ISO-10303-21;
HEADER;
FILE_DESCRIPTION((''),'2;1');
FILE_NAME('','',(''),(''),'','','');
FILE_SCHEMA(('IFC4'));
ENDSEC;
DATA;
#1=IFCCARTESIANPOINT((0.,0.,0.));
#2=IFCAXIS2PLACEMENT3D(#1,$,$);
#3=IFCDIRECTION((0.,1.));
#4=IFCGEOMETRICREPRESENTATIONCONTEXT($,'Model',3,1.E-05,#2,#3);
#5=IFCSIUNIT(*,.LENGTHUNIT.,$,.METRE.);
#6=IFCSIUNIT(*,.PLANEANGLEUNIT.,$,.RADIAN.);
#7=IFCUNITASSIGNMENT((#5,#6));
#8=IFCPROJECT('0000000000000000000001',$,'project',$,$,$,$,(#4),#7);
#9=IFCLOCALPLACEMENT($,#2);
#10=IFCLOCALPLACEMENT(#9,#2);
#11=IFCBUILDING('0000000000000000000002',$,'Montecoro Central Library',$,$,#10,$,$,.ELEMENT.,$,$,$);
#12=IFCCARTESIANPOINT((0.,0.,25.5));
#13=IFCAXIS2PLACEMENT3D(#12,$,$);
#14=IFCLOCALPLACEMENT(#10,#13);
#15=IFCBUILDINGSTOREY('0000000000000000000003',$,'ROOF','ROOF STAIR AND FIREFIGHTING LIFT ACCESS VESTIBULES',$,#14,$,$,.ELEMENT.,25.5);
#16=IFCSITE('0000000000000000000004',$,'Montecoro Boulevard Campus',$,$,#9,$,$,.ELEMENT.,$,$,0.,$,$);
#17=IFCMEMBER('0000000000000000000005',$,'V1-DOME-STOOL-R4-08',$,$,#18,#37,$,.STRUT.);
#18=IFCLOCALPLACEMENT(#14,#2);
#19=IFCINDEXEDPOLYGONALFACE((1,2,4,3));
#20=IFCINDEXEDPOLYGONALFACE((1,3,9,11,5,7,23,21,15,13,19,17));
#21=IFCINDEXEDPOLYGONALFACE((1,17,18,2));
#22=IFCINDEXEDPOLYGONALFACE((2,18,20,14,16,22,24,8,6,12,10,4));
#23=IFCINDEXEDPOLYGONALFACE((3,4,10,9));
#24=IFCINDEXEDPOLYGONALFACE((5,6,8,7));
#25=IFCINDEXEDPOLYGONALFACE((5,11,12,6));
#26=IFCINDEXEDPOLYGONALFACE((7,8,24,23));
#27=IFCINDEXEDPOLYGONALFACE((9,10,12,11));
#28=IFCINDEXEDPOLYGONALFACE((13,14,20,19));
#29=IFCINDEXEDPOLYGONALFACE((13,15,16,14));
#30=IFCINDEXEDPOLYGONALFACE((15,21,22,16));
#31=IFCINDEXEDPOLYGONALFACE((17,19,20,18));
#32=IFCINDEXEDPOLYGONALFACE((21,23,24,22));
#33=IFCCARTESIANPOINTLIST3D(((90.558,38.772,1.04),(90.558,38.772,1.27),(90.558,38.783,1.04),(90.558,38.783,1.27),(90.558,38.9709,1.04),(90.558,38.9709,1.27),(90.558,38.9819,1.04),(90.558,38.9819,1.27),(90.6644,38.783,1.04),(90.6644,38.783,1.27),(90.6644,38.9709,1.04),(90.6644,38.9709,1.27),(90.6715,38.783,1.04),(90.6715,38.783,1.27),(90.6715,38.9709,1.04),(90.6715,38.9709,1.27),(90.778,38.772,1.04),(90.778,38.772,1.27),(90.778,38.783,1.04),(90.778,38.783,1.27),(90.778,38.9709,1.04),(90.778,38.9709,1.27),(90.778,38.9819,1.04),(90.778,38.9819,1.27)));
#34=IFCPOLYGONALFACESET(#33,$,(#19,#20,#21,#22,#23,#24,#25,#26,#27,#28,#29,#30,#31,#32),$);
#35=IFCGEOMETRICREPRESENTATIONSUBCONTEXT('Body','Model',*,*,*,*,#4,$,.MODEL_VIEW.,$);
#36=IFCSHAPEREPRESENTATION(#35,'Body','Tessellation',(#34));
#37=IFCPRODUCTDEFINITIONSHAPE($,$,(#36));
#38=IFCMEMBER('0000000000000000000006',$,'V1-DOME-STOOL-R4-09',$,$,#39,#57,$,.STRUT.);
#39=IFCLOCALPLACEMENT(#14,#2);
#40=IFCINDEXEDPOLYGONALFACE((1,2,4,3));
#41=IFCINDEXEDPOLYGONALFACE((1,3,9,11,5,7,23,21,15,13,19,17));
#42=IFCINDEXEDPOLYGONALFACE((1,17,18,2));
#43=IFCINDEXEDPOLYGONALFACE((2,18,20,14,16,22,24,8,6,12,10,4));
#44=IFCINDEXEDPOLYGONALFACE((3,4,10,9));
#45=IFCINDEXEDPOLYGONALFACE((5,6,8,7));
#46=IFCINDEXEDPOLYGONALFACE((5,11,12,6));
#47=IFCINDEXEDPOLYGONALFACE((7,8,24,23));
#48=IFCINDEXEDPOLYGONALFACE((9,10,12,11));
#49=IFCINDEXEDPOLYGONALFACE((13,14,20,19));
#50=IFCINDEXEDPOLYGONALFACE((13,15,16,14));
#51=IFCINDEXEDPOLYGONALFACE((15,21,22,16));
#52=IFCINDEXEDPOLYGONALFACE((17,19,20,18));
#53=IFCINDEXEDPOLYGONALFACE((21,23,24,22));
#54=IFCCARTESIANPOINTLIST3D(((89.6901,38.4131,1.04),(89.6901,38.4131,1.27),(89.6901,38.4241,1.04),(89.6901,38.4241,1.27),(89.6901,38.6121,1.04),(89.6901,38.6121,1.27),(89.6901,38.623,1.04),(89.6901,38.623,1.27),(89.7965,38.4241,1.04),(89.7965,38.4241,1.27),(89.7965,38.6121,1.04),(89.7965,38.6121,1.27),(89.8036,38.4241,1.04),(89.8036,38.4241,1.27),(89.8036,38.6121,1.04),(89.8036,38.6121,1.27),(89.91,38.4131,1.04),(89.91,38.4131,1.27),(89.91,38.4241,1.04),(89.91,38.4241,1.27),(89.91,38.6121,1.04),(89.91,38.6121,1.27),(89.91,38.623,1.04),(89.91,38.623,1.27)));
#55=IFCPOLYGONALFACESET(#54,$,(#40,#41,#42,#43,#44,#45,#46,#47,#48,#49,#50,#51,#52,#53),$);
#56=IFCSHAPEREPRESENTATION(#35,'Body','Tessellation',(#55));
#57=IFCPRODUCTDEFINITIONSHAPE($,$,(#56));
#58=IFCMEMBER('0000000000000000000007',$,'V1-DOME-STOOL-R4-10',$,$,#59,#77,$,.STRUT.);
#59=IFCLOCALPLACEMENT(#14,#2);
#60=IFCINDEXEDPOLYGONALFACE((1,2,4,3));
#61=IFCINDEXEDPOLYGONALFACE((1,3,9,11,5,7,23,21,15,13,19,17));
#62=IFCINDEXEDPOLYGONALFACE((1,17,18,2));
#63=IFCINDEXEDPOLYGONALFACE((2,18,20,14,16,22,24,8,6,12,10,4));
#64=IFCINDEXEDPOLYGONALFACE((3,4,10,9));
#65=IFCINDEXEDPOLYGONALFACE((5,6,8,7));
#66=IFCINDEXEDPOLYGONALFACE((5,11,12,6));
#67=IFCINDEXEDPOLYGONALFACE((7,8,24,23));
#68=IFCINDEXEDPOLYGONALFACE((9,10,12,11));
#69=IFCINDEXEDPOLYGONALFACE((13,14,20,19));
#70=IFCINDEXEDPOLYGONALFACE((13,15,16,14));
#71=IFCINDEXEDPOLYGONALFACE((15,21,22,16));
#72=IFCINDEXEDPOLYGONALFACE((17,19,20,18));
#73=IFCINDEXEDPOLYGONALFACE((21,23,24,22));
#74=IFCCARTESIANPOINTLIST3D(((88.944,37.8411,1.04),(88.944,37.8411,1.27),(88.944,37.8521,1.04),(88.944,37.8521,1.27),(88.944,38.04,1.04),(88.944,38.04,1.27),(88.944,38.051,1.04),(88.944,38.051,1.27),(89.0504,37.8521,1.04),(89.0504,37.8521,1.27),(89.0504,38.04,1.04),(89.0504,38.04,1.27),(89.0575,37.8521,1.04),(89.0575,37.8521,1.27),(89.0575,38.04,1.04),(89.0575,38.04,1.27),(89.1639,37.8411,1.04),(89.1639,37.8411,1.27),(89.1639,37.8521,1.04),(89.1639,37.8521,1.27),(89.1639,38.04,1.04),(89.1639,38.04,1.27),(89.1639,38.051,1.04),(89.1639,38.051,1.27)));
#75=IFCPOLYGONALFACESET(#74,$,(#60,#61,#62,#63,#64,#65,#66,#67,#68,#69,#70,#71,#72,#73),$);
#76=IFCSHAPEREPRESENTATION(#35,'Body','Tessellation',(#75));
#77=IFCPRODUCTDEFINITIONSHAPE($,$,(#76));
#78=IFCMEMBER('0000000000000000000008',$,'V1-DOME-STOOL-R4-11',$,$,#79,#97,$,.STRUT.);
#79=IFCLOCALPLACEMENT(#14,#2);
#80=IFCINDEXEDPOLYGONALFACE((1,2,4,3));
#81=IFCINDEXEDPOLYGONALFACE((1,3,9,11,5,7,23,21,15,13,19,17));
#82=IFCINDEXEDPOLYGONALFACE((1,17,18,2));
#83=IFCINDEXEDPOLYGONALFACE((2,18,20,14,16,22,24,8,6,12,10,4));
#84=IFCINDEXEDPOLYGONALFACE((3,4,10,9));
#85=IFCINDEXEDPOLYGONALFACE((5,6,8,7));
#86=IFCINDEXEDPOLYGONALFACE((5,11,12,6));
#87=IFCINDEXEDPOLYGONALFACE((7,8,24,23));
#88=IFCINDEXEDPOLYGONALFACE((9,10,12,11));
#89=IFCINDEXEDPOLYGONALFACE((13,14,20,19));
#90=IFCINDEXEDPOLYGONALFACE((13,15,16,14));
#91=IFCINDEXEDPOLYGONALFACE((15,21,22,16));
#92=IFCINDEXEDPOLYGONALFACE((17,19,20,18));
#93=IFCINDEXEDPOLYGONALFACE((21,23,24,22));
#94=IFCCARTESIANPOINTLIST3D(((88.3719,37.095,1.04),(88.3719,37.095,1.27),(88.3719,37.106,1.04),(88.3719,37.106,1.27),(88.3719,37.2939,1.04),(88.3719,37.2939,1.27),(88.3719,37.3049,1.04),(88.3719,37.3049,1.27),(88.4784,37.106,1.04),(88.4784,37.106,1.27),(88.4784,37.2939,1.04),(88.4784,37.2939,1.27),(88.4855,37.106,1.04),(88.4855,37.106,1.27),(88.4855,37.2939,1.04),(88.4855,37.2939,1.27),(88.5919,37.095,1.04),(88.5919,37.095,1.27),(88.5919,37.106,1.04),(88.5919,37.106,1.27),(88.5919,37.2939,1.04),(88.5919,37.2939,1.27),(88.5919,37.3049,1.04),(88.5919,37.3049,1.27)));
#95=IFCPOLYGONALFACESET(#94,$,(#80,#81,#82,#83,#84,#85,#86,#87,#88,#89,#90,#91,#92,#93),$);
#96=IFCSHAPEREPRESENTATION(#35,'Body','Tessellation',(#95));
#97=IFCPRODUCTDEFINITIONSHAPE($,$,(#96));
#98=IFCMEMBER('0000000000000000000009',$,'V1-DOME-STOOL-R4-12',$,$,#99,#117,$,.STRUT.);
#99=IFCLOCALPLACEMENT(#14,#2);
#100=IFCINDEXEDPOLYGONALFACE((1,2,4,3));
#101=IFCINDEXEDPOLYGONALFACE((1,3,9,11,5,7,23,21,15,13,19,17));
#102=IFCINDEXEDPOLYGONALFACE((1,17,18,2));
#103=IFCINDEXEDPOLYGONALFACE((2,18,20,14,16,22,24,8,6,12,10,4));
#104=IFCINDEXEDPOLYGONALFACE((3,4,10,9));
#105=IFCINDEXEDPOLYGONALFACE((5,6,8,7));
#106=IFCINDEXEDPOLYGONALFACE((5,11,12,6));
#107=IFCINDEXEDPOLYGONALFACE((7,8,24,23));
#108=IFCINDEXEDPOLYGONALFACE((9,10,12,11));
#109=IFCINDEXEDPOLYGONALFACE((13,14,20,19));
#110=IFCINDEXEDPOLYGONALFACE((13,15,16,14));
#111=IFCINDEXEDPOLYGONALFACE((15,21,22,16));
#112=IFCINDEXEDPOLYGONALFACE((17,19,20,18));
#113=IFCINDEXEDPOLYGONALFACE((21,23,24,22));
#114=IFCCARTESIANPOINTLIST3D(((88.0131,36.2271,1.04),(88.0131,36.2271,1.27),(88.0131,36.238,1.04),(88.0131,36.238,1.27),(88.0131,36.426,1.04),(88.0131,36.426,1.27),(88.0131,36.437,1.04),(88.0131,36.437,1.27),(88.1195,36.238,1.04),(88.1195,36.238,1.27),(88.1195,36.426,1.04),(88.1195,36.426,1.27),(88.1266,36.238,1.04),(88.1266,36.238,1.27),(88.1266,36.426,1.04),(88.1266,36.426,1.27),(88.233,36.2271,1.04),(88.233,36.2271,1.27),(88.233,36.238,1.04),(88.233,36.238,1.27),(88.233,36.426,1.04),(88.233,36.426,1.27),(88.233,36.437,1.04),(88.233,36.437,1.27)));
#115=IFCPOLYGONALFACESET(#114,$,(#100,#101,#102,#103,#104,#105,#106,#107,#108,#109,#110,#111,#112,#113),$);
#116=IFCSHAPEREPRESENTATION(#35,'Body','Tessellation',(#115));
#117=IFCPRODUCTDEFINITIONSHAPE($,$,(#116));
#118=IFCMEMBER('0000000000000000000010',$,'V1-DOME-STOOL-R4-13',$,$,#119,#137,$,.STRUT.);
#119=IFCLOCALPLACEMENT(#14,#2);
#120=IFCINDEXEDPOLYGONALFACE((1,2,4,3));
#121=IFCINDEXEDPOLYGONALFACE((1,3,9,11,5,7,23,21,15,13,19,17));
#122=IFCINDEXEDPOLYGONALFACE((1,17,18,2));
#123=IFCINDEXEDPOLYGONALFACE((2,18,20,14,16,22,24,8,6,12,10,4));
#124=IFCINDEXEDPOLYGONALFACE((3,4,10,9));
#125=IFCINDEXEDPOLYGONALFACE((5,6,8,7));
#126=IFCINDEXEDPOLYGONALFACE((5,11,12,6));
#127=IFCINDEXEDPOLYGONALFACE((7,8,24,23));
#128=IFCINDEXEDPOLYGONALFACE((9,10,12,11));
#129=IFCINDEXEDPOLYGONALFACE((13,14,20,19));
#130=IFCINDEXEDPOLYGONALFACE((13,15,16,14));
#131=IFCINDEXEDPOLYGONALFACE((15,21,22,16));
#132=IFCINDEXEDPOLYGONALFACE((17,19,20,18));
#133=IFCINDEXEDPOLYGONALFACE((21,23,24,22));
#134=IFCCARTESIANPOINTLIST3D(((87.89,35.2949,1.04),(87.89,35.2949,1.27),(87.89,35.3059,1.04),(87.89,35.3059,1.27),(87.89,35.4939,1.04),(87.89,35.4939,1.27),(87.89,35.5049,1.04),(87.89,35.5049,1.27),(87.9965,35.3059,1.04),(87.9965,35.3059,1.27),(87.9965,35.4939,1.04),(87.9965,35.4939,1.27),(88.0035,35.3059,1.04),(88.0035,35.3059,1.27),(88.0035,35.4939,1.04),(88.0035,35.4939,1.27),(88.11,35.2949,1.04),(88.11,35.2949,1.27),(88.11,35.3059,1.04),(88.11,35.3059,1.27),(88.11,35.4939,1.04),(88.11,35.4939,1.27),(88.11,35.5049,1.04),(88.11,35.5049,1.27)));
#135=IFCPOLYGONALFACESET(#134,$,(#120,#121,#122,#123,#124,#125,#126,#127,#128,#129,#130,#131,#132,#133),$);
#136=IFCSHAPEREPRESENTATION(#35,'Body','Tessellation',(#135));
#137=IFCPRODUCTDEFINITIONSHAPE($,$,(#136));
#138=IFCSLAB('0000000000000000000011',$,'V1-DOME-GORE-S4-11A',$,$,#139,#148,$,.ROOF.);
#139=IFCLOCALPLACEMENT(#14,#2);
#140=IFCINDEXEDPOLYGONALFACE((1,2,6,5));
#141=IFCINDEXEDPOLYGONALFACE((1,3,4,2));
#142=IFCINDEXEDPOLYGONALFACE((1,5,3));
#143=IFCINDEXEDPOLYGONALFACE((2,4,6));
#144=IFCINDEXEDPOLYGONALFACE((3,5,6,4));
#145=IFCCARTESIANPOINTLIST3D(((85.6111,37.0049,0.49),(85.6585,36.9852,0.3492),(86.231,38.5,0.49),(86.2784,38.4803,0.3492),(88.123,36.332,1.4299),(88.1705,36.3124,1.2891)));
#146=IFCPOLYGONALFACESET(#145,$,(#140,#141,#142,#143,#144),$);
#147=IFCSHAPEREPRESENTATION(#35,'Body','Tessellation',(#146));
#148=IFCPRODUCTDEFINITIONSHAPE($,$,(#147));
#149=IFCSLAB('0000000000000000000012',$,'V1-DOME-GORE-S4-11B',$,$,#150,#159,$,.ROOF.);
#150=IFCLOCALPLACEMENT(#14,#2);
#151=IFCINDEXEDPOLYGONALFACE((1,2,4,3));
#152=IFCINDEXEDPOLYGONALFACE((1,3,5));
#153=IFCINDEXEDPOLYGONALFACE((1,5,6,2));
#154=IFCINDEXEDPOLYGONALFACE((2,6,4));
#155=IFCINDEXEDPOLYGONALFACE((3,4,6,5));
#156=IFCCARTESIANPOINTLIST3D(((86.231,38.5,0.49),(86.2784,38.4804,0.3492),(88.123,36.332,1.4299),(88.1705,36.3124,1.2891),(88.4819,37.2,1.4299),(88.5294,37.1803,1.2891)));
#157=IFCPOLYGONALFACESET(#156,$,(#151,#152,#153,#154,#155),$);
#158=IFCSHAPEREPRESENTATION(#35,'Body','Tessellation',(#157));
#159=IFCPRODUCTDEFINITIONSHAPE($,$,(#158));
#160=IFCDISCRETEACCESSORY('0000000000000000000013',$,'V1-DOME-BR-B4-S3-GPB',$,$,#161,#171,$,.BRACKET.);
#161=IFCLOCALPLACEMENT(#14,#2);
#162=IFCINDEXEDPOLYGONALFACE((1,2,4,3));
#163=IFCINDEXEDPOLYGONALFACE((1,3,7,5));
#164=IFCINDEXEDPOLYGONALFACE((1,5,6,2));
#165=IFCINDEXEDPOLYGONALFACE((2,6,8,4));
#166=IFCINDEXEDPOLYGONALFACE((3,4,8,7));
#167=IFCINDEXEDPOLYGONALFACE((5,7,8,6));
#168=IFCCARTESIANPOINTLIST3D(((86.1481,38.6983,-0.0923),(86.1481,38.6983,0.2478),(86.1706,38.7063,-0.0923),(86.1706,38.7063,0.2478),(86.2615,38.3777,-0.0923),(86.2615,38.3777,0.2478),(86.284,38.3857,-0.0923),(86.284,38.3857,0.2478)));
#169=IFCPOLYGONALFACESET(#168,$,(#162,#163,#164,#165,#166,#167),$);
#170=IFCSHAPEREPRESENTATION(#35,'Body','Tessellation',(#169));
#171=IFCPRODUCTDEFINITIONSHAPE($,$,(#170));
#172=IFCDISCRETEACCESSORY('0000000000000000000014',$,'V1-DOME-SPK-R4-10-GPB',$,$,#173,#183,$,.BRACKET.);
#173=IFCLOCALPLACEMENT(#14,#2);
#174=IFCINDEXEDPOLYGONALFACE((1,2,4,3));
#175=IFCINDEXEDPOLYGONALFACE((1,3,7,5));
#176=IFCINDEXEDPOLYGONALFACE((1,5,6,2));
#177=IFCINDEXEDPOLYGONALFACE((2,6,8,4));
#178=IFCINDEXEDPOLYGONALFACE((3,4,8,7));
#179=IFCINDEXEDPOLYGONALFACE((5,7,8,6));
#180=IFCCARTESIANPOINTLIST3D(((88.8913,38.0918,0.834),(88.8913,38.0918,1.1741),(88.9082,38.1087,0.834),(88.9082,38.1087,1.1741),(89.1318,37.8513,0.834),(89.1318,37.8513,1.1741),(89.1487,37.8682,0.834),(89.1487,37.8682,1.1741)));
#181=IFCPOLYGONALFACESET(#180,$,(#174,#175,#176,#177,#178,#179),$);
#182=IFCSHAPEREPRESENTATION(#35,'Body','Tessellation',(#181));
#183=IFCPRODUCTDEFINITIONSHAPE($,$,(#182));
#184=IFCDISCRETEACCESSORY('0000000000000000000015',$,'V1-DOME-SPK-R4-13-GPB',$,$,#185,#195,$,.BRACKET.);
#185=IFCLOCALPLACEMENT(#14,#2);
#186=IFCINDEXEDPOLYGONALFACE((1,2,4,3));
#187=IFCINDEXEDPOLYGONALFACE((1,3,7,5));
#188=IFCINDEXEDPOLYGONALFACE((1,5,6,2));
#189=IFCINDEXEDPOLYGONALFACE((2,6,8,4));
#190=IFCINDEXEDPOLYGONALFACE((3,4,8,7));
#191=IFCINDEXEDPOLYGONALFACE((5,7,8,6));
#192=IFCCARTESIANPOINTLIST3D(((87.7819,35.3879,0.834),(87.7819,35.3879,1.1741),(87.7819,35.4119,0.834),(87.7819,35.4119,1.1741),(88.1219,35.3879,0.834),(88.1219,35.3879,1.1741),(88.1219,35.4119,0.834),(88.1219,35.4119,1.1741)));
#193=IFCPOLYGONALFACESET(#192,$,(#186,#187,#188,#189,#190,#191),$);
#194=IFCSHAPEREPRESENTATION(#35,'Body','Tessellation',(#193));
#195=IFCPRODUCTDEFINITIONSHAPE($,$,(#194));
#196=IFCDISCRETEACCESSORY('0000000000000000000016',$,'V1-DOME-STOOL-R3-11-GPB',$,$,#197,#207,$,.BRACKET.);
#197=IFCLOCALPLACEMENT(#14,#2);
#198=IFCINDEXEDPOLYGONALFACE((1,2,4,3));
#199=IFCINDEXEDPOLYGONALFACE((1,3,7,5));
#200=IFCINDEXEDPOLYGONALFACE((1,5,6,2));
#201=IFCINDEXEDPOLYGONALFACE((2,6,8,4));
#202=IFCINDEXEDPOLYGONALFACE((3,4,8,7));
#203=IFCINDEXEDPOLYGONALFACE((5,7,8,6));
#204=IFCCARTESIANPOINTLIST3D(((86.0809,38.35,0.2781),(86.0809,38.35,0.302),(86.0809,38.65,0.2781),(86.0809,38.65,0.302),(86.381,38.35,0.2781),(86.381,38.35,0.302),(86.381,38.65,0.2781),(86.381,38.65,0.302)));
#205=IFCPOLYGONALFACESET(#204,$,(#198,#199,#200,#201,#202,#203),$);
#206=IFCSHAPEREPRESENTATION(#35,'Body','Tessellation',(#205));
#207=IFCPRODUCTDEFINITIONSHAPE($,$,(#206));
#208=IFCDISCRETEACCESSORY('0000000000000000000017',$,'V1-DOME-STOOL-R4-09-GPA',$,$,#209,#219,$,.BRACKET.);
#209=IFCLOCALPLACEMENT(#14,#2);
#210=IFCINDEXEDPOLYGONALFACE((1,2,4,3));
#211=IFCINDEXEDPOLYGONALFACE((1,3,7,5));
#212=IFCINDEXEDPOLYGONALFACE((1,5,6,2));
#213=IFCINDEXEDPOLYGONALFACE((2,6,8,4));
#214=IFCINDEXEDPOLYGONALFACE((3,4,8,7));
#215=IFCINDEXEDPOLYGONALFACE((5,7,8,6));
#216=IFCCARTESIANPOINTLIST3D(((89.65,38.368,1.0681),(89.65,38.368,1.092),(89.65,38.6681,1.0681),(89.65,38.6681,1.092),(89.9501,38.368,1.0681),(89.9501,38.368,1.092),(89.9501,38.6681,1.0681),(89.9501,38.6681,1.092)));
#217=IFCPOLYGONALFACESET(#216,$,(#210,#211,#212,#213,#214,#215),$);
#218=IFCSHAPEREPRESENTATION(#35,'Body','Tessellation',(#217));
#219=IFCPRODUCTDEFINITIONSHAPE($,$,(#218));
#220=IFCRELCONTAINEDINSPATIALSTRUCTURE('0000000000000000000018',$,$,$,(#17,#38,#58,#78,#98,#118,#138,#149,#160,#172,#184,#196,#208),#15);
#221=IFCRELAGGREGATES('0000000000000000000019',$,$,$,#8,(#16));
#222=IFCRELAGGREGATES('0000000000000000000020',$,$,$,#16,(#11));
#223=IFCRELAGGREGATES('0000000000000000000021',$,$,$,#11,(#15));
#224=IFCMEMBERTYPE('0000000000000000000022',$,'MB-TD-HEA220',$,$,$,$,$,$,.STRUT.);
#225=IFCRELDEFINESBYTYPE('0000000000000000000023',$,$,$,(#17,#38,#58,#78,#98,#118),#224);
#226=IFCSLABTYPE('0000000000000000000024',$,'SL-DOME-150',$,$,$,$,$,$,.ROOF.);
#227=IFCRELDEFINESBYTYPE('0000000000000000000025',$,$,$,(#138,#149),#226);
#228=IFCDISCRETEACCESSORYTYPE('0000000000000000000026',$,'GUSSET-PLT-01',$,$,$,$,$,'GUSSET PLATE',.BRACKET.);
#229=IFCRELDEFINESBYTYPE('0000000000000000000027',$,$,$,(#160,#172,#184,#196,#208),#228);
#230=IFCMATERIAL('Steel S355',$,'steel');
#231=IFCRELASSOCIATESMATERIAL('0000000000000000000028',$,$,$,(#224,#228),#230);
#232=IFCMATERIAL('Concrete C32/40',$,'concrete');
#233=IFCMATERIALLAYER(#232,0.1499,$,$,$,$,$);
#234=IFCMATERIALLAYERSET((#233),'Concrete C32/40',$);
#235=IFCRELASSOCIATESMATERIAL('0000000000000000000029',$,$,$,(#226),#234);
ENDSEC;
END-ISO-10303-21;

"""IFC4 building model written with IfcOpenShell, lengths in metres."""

from ifc_helpers import new_model, si_unit, direction, frame, origin, origin_2d, place, context, subcontext, project, spatial, polyline, rectangle, i_section, outline, extrude, material, layer, layer_set, material_profile, profile_set, type_object, element, save


model = new_model("IFC4")

# Units and contexts
model_context = context("Model", 3, precision=1e-05, world=origin(), true_north=direction((0.0, 1.0)))
body_context = subcontext(model_context, "Body", "Model", "MODEL_VIEW")
ifc_project = project(units=[si_unit("LENGTHUNIT", "METRE"), si_unit("PLANEANGLEUNIT", "RADIAN")], contexts=[model_context])

# Site, building, storey
site_placement = place(None, origin())
site = spatial("IfcSite", under=ifc_project, at=site_placement, Name="Montecoro Boulevard Campus", CompositionType="ELEMENT", RefElevation=0.0)
building_placement = place(site_placement, origin())
building = spatial("IfcBuilding", under=site, at=building_placement, Name="Montecoro Central Library", CompositionType="ELEMENT")
storey_placement = place(building_placement, frame((0.0, 0.0, 25.5)))
storey = spatial("IfcBuildingStorey", under=building, at=storey_placement, Name="ROOF", Description="ROOF STAIR AND FIREFIGHTING LIFT ACCESS VESTIBULES", CompositionType="ELEMENT", Elevation=25.5)

# Members
ifc_material_1 = material(Name="Steel S355", Category="steel")
ifc_material_profile_1 = material_profile(ifc_material_1, i_section(OverallWidth=0.22, OverallDepth=0.21, WebThickness=0.0071, FlangeThickness=0.011, at=origin_2d()), Name="HEA 220")
ifc_profile_set_1 = profile_set([ifc_material_profile_1], Name="Steel S355")
member_type_1 = type_object("IfcMemberType", Name="MB-TD-HEA220", PredefinedType="STRUT", material=ifc_profile_set_1)
for number, where, z_axis, x_axis, name in (
    (1, (90.668, 38.877, 1.04), (0.0, 0.0, 1.0), (1.0, 0.0, 0.0), "V1-DOME-STOOL-R4-08"),
    (2, (89.8, 38.5181, 1.04), (0.0, 0.0, 1.0), (1.0, 0.0, 0.0), "V1-DOME-STOOL-R4-09"),
    (3, (89.054, 37.946, 1.04), (0.0, 0.0, 1.0), (1.0, 0.0, 0.0), "V1-DOME-STOOL-R4-10"),
    (4, (88.4819, 37.2, 1.04), (0.0, 0.0, 1.0), (1.0, 0.0, 0.0), "V1-DOME-STOOL-R4-11"),
    (5, (88.123, 36.332, 1.04), (0.0, 0.0, 1.0), (1.0, 0.0, 0.0), "V1-DOME-STOOL-R4-12"),
    (6, (88.0, 35.3999, 1.04), (0.0, 0.0, 1.0), (1.0, 0.0, 0.0), "V1-DOME-STOOL-R4-13"),
):
    element("IfcMember", number, at=place(storey_placement, frame(where, z_axis=z_axis, x_axis=x_axis)), inside=storey, type_object=member_type_1, Name=name, PredefinedType="STRUT", context=body_context, shape_type="SweptSolid", body=[
        extrude(i_section(OverallWidth=0.22, OverallDepth=0.21, WebThickness=0.0071, FlangeThickness=0.011, at=origin_2d()), origin(), (0.0, 0.0, 1.0), 0.23),
    ])

# Slabs
ifc_material_2 = material(Name="Concrete C32/40", Category="concrete")
ifc_layer = layer(ifc_material_2, 0.1499)
ifc_layer_set = layer_set([ifc_layer], Name="Concrete C32/40")
slab_type = type_object("IfcSlabType", Name="SL-DOME-150", PredefinedType="ROOF", material=ifc_layer_set)
slab_1_placement = place(storey_placement, frame((86.231, 38.5, 0.49), z_axis=(-0.316412, 0.131184, 0.939508), x_axis=(-0.382987, -0.923754, 0.0)))
element("IfcSlab", 7, at=slab_1_placement, inside=storey, type_object=slab_type, Name="V1-DOME-GORE-S4-11A", PredefinedType="ROOF", context=body_context, shape_type="SweptSolid", body=[
    extrude(outline(polyline([(0.0, 0.0), (1.6185, 0.0), (1.278, 2.7441), (0.0, 0.0)])), origin(), (0.0, 0.0, -1.0), 0.1499),
])
slab_2_placement = place(storey_placement, frame((86.231, 38.5, 0.49), z_axis=(-0.316664, 0.130941, 0.939456), x_axis=(0.625042, -0.716177, 0.310505)))
element("IfcSlab", 8, at=slab_2_placement, inside=storey, type_object=slab_type, Name="V1-DOME-GORE-S4-11B", PredefinedType="ROOF", context=body_context, shape_type="SweptSolid", body=[
    extrude(outline(polyline([(0.0, 0.0), (3.0271, 0.0), (2.6299, 0.851), (0.0, 0.0)])), origin(), (0.0, 0.0, -1.0), 0.1499),
])

# Discrete accessories
discrete_accessory_type = type_object("IfcDiscreteAccessoryType", Name="GUSSET-PLT-01", ElementType="GUSSET PLATE", PredefinedType="BRACKET", material=ifc_material_1)
for number, where, z_axis, x_axis, name in (
    (9, (86.2161, 38.542, -0.0923), (0.0, 0.0, 1.0), (0.333478, -0.942758, 0.0), "V1-DOME-BR-B4-S3-GPB"),
    (10, (89.02, 37.98, 0.834), (0.0, 0.0, 1.0), (0.707107, -0.707107, 0.0), "V1-DOME-SPK-R4-10-GPB"),
    (11, (87.9519, 35.3999, 0.834), (0.0, 0.0, 1.0), (1.0, 0.0, 0.0), "V1-DOME-SPK-R4-13-GPB"),
):
    element("IfcDiscreteAccessory", number, at=place(storey_placement, frame(where, z_axis=z_axis, x_axis=x_axis)), inside=storey, type_object=discrete_accessory_type, Name=name, PredefinedType="BRACKET", context=body_context, shape_type="SweptSolid", body=[
        extrude(rectangle(XDim=0.3401, YDim=0.0239, at=origin_2d()), origin(), (0.0, 0.0, 1.0), 0.3401),
    ])
for number, where, z_axis, x_axis, name in (
    (12, (86.231, 38.5, 0.2781), (0.0, 0.0, 1.0), (1.0, 0.0, 0.0), "V1-DOME-STOOL-R3-11-GPB"),
    (13, (89.8, 38.5181, 1.0681), (0.0, 0.0, 1.0), (1.0, 0.0, 0.0), "V1-DOME-STOOL-R4-09-GPA"),
):
    element("IfcDiscreteAccessory", number, at=place(storey_placement, frame(where, z_axis=z_axis, x_axis=x_axis)), inside=storey, type_object=discrete_accessory_type, Name=name, PredefinedType="BRACKET", context=body_context, shape_type="SweptSolid", body=[
        extrude(rectangle(XDim=0.3, YDim=0.3, at=origin_2d()), origin(), (0.0, 0.0, 1.0), 0.0239),
    ])

save(model, "model.ifc")
